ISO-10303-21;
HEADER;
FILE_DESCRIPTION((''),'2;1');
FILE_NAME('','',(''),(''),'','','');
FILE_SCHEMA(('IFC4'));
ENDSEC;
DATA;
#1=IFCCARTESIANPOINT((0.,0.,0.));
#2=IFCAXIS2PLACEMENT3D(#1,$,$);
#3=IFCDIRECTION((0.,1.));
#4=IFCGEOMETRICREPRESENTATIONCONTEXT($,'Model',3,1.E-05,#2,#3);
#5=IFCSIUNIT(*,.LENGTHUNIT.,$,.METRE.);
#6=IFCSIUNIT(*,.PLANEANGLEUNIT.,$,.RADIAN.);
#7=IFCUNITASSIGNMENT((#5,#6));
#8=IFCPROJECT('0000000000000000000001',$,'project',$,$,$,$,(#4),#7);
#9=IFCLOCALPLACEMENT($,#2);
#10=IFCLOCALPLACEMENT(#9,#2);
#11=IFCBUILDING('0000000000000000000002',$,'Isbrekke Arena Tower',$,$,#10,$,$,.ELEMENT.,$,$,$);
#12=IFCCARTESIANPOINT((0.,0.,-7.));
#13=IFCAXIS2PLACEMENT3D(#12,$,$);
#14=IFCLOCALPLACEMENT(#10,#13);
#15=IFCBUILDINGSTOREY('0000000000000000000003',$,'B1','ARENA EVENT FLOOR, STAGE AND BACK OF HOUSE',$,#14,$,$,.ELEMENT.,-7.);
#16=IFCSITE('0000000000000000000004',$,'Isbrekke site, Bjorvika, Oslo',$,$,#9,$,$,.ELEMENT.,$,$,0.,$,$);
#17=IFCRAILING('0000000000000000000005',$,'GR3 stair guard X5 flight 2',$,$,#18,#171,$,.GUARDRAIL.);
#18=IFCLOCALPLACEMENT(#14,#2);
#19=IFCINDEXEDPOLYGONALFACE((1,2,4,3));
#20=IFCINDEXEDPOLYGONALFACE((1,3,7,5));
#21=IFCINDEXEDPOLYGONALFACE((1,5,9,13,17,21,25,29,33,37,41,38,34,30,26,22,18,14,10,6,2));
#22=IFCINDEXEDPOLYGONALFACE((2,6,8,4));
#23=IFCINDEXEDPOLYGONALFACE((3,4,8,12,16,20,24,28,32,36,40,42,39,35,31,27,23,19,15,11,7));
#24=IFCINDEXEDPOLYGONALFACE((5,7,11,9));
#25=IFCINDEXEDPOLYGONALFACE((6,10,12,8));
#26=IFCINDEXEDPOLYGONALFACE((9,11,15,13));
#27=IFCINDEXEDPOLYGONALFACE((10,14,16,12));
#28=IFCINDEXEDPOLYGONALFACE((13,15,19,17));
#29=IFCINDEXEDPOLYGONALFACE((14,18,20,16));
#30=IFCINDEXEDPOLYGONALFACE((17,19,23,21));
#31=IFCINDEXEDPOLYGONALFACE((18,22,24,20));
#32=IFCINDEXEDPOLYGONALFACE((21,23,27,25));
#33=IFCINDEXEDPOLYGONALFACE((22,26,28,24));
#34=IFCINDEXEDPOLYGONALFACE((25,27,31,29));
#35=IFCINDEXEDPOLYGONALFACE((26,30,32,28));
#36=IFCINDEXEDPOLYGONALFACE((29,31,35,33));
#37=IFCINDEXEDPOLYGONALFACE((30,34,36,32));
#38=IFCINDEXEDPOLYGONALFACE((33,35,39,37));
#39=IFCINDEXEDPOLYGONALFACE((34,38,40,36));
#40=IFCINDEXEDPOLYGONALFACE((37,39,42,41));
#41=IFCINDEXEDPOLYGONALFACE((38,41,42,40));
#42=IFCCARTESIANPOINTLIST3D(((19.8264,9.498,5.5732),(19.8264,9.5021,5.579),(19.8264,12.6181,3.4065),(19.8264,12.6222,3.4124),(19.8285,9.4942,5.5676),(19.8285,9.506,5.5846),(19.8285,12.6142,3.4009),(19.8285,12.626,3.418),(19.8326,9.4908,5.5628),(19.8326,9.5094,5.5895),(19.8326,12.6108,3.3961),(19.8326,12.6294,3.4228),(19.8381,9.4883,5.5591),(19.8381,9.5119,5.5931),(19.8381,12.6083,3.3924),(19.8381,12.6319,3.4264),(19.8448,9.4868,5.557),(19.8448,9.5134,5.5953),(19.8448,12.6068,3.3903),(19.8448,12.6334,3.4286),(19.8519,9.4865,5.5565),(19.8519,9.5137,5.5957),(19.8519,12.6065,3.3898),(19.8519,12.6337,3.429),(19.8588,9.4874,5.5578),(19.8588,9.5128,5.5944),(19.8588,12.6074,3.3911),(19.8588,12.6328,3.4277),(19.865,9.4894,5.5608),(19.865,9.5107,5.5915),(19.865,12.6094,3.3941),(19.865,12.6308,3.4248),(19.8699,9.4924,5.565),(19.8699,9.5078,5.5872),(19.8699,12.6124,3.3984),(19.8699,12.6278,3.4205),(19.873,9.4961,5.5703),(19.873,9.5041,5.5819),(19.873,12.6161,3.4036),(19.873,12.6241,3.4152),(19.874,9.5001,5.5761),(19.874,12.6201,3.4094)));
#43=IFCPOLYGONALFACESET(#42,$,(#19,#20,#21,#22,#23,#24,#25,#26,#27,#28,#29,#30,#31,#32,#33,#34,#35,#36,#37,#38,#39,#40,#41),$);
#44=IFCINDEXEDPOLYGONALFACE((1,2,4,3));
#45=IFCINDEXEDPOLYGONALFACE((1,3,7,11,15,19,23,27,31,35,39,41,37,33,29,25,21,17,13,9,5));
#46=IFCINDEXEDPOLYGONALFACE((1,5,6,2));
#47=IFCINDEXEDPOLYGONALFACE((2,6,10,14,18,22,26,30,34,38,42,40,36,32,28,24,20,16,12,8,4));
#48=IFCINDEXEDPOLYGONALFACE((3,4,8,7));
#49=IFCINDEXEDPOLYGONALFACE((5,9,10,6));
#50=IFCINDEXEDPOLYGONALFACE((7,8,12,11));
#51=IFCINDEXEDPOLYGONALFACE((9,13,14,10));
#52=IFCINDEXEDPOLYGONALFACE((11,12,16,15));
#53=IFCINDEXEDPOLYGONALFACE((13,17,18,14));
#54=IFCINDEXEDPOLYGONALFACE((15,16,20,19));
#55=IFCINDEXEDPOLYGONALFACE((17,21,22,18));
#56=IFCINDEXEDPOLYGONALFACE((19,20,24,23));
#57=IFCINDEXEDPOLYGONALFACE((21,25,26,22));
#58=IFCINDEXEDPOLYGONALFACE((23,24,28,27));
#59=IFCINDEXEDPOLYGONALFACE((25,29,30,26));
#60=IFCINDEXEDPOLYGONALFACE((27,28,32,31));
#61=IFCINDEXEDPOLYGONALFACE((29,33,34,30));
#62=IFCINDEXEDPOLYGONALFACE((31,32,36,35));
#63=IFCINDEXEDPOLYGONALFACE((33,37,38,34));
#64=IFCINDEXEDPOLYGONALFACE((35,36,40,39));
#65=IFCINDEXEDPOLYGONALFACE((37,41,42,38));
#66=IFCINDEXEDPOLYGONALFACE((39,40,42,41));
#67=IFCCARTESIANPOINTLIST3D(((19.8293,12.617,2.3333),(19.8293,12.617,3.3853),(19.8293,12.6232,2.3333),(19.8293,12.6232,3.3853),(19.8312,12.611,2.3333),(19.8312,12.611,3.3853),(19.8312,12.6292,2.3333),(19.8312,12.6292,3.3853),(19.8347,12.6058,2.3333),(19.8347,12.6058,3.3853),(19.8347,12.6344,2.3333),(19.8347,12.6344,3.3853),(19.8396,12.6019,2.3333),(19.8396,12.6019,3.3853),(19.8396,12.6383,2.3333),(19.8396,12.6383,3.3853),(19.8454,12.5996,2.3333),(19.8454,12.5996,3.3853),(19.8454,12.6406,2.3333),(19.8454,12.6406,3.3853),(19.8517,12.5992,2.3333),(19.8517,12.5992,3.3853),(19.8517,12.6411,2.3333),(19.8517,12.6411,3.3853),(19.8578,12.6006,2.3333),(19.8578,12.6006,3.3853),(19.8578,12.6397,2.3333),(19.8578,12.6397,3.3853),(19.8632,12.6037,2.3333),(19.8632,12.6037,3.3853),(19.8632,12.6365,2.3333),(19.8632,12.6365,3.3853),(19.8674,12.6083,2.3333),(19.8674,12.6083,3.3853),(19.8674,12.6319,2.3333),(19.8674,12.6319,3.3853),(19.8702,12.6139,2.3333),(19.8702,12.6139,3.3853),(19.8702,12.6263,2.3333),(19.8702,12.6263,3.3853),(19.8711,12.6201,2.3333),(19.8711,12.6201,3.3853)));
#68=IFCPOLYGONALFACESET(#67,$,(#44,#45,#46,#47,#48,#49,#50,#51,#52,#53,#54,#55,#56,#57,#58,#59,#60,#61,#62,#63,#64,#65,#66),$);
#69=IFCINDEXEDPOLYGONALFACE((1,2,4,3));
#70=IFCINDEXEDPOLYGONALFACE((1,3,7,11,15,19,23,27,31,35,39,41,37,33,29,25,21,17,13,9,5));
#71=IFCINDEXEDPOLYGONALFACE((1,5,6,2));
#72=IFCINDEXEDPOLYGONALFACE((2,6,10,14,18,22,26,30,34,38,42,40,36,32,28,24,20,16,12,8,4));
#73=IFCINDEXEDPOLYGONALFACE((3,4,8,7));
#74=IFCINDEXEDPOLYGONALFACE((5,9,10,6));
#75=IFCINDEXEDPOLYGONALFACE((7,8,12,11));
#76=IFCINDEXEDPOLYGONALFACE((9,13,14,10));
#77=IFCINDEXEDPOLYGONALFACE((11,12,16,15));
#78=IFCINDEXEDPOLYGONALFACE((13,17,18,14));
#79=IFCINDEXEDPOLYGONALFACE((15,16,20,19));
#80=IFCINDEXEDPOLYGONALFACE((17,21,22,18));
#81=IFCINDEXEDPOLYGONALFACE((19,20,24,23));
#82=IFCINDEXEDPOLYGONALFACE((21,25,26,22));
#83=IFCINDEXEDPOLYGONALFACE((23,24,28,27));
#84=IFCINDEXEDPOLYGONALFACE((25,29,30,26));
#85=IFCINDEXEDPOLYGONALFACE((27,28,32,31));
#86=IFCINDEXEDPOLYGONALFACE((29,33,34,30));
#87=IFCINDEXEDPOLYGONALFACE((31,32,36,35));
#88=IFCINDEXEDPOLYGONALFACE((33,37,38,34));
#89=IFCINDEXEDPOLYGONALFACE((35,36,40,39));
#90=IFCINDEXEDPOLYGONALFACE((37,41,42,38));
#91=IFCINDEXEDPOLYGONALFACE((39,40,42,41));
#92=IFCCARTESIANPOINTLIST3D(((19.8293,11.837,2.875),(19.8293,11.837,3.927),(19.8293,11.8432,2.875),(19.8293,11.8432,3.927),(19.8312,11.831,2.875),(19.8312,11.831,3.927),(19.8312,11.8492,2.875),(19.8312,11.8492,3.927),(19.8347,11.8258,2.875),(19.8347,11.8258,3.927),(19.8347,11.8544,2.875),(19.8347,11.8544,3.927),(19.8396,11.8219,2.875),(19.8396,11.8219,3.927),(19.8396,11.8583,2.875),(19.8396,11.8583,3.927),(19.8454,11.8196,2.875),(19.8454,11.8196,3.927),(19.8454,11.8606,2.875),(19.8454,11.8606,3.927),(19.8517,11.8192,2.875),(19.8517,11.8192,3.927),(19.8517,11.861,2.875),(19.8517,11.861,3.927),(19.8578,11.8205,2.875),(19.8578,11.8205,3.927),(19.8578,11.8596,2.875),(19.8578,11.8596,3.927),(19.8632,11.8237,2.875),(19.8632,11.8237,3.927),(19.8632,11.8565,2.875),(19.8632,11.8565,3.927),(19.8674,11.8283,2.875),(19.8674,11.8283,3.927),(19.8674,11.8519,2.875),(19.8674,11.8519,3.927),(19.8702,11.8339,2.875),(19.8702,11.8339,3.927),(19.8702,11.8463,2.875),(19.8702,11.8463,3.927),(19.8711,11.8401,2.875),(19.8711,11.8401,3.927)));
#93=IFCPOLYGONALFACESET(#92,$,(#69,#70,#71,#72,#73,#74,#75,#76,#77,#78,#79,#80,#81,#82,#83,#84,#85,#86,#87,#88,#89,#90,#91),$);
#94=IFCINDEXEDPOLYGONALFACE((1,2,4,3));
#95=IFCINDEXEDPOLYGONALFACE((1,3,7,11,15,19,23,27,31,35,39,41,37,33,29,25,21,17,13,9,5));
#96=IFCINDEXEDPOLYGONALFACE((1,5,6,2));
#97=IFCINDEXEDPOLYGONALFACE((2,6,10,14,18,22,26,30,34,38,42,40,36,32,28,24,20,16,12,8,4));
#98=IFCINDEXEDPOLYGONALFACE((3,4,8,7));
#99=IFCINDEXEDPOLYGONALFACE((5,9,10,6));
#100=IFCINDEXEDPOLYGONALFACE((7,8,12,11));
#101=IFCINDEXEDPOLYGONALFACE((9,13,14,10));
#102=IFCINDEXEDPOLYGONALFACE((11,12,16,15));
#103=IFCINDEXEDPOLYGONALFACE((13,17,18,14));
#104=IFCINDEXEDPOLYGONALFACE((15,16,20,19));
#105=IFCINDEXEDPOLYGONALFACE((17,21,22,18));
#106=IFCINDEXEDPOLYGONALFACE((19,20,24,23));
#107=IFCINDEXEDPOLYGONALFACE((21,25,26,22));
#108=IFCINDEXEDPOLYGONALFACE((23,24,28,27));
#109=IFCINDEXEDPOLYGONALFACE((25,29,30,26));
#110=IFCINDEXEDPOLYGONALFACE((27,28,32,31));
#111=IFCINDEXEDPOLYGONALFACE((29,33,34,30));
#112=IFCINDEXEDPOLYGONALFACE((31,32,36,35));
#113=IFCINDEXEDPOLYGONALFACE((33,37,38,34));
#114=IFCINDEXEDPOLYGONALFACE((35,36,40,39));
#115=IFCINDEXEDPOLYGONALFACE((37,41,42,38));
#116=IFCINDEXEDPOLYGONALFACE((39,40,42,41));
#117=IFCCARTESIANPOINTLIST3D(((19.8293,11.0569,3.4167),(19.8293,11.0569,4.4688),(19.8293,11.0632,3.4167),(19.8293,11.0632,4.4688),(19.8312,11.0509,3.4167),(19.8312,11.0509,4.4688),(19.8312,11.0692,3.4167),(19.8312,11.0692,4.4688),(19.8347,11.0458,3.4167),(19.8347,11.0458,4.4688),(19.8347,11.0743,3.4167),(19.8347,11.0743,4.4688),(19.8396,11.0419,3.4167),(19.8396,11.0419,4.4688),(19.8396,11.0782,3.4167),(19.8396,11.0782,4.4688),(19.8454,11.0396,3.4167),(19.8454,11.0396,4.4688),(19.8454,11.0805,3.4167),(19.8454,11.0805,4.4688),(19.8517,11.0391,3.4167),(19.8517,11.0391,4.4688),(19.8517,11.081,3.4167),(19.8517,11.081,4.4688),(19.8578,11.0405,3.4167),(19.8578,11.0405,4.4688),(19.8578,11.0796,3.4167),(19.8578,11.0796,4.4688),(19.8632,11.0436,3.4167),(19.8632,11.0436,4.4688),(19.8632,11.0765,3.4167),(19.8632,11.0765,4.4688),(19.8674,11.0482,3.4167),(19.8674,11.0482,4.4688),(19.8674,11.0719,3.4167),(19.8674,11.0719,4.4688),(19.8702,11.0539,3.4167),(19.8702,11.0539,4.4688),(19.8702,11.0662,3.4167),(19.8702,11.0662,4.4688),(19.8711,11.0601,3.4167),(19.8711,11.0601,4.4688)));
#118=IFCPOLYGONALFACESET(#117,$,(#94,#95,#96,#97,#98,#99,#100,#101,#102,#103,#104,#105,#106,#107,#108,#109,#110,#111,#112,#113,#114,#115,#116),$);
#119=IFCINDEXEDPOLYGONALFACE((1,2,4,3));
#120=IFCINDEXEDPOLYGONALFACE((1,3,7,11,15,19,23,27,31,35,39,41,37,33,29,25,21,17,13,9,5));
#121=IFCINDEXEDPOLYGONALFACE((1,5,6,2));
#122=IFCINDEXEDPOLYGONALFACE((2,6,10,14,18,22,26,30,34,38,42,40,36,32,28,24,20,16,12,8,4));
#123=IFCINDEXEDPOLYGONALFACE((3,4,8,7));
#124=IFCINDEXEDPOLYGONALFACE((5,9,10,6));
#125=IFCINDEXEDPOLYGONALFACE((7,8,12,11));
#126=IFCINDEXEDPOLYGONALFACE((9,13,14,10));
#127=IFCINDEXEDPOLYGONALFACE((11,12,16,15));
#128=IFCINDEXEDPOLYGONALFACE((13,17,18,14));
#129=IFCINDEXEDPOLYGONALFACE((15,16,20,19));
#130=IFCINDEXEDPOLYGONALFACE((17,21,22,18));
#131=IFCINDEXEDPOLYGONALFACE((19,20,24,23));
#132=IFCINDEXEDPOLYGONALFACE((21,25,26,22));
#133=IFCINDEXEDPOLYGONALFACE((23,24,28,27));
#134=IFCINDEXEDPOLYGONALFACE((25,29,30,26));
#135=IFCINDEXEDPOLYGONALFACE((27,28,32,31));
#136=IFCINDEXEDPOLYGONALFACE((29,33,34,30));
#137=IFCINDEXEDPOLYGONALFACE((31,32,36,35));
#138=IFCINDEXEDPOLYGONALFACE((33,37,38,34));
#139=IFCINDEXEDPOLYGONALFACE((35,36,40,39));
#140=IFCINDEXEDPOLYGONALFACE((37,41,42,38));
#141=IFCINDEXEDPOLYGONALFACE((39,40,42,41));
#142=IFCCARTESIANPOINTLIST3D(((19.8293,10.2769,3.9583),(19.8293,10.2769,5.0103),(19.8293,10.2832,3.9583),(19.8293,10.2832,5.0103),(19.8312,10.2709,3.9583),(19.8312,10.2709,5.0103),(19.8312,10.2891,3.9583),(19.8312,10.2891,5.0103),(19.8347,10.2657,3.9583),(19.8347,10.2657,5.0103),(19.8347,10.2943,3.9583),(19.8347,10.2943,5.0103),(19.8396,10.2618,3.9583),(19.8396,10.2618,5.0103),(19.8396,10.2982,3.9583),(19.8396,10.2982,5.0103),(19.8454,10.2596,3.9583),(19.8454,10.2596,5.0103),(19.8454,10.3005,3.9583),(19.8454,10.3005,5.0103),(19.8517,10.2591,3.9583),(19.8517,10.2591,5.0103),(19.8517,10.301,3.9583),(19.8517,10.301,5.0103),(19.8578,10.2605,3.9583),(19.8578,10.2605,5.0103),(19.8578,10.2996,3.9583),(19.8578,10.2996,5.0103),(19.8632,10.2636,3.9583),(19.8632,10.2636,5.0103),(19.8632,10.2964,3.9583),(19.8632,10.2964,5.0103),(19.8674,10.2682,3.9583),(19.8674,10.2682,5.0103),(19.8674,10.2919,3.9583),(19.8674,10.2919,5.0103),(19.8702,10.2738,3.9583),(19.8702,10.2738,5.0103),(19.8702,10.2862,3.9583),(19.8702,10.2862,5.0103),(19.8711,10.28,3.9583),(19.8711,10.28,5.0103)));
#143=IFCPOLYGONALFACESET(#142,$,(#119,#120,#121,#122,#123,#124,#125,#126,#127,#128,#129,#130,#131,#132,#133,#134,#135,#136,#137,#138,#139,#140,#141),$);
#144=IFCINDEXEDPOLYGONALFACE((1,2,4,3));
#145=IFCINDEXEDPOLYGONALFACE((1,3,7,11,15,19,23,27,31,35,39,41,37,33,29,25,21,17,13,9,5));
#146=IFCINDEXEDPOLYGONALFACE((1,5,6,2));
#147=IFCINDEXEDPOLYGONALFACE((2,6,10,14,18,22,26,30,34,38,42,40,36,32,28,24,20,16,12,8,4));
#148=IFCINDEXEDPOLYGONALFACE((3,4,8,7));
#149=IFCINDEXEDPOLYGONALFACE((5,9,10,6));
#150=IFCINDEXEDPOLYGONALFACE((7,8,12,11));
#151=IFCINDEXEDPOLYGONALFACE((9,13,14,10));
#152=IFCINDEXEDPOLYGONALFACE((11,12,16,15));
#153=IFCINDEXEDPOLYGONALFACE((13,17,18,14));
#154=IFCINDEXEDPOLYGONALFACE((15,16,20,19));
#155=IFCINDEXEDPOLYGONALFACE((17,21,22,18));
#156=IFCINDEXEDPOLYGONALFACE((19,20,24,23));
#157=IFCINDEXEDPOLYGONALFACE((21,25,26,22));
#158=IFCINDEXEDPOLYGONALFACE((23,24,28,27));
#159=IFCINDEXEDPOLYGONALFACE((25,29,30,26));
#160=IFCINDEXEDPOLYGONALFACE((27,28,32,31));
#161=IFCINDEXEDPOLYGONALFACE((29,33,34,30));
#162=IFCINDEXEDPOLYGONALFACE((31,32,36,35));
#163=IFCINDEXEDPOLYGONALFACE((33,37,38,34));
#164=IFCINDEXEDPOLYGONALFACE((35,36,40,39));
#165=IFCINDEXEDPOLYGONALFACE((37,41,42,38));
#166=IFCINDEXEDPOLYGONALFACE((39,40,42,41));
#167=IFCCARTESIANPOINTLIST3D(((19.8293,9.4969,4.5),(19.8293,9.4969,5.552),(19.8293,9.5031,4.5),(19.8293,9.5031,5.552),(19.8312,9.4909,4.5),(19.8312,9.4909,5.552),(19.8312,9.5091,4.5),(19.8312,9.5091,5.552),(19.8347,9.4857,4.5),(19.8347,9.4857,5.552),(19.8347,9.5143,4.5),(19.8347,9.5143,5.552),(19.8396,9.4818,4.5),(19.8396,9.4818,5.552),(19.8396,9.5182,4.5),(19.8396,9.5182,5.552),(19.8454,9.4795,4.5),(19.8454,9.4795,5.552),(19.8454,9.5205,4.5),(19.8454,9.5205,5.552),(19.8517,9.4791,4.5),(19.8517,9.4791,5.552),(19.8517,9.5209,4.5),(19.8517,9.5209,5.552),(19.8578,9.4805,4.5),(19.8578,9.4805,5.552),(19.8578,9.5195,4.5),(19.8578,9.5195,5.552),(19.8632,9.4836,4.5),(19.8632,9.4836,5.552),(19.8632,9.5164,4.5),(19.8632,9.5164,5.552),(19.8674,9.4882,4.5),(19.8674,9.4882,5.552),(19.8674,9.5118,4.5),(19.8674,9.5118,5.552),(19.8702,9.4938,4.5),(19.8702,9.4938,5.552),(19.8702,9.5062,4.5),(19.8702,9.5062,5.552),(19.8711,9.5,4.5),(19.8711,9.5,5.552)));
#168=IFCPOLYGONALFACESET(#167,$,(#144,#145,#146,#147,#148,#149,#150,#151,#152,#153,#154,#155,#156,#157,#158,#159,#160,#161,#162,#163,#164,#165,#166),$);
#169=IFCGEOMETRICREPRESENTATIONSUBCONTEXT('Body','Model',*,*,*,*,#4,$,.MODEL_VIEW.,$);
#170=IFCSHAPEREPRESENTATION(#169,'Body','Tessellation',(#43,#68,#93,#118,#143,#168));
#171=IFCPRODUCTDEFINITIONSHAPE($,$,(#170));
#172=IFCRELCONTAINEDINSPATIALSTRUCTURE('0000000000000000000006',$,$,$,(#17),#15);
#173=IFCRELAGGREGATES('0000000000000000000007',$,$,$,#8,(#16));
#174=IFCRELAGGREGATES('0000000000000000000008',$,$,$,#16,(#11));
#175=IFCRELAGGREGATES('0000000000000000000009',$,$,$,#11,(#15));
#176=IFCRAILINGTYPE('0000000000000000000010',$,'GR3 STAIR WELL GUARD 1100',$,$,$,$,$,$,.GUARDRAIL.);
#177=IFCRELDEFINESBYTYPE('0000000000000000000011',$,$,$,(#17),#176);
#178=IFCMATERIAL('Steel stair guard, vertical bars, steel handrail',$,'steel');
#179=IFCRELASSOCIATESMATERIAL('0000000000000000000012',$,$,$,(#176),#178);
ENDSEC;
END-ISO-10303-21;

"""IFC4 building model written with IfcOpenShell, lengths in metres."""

from ifc_helpers import new_model, si_unit, direction, frame, origin, origin_2d, place, context, subcontext, project, spatial, circle, extrude, material, type_object, element, save


model = new_model("IFC4")

# Units and contexts
model_context = context("Model", 3, precision=1e-05, world=origin(), true_north=direction((0.0, 1.0)))
body_context = subcontext(model_context, "Body", "Model", "MODEL_VIEW")
ifc_project = project(units=[si_unit("LENGTHUNIT", "METRE"), si_unit("PLANEANGLEUNIT", "RADIAN")], contexts=[model_context])

# Site, building, storey
site_placement = place(None, origin())
site = spatial("IfcSite", under=ifc_project, at=site_placement, Name="Isbrekke site, Bjorvika, Oslo", CompositionType="ELEMENT", RefElevation=0.0)
building_placement = place(site_placement, origin())
building = spatial("IfcBuilding", under=site, at=building_placement, Name="Isbrekke Arena Tower", CompositionType="ELEMENT")
storey_placement = place(building_placement, frame((0.0, 0.0, -7.0)))
storey = spatial("IfcBuildingStorey", under=building, at=storey_placement, Name="B1", Description="ARENA EVENT FLOOR, STAGE AND BACK OF HOUSE", CompositionType="ELEMENT", Elevation=-7.0)

# Railing
ifc_material_1 = material(Name="Steel stair guard, vertical bars, steel handrail", Category="steel")
railing_type = type_object("IfcRailingType", Name="GR3 STAIR WELL GUARD 1100", PredefinedType="GUARDRAIL", material=ifc_material_1)
railing_1_placement = place(storey_placement, frame((19.8501, 12.6201, 2.3333)))
element("IfcRailing", 1, at=railing_1_placement, inside=storey, type_object=railing_type, Name="GR3 stair guard X5 flight 2", PredefinedType="GUARDRAIL", context=body_context, shape_type="SweptSolid", body=[
    extrude(circle(Radius=0.0239, at=origin_2d()), frame((0.0, 0.0, 1.0762), z_axis=(0.0, -0.82137, 0.570396), x_axis=(1.0, 0.0, 0.0)), (0.0, 0.0, 1.0), 3.7986),
    extrude(circle(Radius=0.021, at=origin_2d()), origin(), (0.0, 0.0, 1.0), 1.052),
    extrude(circle(Radius=0.021, at=origin_2d()), frame((0.0, -0.78, 0.5417)), (0.0, 0.0, 1.0), 1.052),
    extrude(circle(Radius=0.021, at=origin_2d()), frame((0.0, -1.5601, 1.0835)), (0.0, 0.0, 1.0), 1.052),
    extrude(circle(Radius=0.021, at=origin_2d()), frame((0.0, -2.3401, 1.625)), (0.0, 0.0, 1.0), 1.052),
    extrude(circle(Radius=0.021, at=origin_2d()), frame((0.0, -3.1201, 2.1667)), (0.0, 0.0, 1.0), 1.052),
])

save(model, "model.ifc")
